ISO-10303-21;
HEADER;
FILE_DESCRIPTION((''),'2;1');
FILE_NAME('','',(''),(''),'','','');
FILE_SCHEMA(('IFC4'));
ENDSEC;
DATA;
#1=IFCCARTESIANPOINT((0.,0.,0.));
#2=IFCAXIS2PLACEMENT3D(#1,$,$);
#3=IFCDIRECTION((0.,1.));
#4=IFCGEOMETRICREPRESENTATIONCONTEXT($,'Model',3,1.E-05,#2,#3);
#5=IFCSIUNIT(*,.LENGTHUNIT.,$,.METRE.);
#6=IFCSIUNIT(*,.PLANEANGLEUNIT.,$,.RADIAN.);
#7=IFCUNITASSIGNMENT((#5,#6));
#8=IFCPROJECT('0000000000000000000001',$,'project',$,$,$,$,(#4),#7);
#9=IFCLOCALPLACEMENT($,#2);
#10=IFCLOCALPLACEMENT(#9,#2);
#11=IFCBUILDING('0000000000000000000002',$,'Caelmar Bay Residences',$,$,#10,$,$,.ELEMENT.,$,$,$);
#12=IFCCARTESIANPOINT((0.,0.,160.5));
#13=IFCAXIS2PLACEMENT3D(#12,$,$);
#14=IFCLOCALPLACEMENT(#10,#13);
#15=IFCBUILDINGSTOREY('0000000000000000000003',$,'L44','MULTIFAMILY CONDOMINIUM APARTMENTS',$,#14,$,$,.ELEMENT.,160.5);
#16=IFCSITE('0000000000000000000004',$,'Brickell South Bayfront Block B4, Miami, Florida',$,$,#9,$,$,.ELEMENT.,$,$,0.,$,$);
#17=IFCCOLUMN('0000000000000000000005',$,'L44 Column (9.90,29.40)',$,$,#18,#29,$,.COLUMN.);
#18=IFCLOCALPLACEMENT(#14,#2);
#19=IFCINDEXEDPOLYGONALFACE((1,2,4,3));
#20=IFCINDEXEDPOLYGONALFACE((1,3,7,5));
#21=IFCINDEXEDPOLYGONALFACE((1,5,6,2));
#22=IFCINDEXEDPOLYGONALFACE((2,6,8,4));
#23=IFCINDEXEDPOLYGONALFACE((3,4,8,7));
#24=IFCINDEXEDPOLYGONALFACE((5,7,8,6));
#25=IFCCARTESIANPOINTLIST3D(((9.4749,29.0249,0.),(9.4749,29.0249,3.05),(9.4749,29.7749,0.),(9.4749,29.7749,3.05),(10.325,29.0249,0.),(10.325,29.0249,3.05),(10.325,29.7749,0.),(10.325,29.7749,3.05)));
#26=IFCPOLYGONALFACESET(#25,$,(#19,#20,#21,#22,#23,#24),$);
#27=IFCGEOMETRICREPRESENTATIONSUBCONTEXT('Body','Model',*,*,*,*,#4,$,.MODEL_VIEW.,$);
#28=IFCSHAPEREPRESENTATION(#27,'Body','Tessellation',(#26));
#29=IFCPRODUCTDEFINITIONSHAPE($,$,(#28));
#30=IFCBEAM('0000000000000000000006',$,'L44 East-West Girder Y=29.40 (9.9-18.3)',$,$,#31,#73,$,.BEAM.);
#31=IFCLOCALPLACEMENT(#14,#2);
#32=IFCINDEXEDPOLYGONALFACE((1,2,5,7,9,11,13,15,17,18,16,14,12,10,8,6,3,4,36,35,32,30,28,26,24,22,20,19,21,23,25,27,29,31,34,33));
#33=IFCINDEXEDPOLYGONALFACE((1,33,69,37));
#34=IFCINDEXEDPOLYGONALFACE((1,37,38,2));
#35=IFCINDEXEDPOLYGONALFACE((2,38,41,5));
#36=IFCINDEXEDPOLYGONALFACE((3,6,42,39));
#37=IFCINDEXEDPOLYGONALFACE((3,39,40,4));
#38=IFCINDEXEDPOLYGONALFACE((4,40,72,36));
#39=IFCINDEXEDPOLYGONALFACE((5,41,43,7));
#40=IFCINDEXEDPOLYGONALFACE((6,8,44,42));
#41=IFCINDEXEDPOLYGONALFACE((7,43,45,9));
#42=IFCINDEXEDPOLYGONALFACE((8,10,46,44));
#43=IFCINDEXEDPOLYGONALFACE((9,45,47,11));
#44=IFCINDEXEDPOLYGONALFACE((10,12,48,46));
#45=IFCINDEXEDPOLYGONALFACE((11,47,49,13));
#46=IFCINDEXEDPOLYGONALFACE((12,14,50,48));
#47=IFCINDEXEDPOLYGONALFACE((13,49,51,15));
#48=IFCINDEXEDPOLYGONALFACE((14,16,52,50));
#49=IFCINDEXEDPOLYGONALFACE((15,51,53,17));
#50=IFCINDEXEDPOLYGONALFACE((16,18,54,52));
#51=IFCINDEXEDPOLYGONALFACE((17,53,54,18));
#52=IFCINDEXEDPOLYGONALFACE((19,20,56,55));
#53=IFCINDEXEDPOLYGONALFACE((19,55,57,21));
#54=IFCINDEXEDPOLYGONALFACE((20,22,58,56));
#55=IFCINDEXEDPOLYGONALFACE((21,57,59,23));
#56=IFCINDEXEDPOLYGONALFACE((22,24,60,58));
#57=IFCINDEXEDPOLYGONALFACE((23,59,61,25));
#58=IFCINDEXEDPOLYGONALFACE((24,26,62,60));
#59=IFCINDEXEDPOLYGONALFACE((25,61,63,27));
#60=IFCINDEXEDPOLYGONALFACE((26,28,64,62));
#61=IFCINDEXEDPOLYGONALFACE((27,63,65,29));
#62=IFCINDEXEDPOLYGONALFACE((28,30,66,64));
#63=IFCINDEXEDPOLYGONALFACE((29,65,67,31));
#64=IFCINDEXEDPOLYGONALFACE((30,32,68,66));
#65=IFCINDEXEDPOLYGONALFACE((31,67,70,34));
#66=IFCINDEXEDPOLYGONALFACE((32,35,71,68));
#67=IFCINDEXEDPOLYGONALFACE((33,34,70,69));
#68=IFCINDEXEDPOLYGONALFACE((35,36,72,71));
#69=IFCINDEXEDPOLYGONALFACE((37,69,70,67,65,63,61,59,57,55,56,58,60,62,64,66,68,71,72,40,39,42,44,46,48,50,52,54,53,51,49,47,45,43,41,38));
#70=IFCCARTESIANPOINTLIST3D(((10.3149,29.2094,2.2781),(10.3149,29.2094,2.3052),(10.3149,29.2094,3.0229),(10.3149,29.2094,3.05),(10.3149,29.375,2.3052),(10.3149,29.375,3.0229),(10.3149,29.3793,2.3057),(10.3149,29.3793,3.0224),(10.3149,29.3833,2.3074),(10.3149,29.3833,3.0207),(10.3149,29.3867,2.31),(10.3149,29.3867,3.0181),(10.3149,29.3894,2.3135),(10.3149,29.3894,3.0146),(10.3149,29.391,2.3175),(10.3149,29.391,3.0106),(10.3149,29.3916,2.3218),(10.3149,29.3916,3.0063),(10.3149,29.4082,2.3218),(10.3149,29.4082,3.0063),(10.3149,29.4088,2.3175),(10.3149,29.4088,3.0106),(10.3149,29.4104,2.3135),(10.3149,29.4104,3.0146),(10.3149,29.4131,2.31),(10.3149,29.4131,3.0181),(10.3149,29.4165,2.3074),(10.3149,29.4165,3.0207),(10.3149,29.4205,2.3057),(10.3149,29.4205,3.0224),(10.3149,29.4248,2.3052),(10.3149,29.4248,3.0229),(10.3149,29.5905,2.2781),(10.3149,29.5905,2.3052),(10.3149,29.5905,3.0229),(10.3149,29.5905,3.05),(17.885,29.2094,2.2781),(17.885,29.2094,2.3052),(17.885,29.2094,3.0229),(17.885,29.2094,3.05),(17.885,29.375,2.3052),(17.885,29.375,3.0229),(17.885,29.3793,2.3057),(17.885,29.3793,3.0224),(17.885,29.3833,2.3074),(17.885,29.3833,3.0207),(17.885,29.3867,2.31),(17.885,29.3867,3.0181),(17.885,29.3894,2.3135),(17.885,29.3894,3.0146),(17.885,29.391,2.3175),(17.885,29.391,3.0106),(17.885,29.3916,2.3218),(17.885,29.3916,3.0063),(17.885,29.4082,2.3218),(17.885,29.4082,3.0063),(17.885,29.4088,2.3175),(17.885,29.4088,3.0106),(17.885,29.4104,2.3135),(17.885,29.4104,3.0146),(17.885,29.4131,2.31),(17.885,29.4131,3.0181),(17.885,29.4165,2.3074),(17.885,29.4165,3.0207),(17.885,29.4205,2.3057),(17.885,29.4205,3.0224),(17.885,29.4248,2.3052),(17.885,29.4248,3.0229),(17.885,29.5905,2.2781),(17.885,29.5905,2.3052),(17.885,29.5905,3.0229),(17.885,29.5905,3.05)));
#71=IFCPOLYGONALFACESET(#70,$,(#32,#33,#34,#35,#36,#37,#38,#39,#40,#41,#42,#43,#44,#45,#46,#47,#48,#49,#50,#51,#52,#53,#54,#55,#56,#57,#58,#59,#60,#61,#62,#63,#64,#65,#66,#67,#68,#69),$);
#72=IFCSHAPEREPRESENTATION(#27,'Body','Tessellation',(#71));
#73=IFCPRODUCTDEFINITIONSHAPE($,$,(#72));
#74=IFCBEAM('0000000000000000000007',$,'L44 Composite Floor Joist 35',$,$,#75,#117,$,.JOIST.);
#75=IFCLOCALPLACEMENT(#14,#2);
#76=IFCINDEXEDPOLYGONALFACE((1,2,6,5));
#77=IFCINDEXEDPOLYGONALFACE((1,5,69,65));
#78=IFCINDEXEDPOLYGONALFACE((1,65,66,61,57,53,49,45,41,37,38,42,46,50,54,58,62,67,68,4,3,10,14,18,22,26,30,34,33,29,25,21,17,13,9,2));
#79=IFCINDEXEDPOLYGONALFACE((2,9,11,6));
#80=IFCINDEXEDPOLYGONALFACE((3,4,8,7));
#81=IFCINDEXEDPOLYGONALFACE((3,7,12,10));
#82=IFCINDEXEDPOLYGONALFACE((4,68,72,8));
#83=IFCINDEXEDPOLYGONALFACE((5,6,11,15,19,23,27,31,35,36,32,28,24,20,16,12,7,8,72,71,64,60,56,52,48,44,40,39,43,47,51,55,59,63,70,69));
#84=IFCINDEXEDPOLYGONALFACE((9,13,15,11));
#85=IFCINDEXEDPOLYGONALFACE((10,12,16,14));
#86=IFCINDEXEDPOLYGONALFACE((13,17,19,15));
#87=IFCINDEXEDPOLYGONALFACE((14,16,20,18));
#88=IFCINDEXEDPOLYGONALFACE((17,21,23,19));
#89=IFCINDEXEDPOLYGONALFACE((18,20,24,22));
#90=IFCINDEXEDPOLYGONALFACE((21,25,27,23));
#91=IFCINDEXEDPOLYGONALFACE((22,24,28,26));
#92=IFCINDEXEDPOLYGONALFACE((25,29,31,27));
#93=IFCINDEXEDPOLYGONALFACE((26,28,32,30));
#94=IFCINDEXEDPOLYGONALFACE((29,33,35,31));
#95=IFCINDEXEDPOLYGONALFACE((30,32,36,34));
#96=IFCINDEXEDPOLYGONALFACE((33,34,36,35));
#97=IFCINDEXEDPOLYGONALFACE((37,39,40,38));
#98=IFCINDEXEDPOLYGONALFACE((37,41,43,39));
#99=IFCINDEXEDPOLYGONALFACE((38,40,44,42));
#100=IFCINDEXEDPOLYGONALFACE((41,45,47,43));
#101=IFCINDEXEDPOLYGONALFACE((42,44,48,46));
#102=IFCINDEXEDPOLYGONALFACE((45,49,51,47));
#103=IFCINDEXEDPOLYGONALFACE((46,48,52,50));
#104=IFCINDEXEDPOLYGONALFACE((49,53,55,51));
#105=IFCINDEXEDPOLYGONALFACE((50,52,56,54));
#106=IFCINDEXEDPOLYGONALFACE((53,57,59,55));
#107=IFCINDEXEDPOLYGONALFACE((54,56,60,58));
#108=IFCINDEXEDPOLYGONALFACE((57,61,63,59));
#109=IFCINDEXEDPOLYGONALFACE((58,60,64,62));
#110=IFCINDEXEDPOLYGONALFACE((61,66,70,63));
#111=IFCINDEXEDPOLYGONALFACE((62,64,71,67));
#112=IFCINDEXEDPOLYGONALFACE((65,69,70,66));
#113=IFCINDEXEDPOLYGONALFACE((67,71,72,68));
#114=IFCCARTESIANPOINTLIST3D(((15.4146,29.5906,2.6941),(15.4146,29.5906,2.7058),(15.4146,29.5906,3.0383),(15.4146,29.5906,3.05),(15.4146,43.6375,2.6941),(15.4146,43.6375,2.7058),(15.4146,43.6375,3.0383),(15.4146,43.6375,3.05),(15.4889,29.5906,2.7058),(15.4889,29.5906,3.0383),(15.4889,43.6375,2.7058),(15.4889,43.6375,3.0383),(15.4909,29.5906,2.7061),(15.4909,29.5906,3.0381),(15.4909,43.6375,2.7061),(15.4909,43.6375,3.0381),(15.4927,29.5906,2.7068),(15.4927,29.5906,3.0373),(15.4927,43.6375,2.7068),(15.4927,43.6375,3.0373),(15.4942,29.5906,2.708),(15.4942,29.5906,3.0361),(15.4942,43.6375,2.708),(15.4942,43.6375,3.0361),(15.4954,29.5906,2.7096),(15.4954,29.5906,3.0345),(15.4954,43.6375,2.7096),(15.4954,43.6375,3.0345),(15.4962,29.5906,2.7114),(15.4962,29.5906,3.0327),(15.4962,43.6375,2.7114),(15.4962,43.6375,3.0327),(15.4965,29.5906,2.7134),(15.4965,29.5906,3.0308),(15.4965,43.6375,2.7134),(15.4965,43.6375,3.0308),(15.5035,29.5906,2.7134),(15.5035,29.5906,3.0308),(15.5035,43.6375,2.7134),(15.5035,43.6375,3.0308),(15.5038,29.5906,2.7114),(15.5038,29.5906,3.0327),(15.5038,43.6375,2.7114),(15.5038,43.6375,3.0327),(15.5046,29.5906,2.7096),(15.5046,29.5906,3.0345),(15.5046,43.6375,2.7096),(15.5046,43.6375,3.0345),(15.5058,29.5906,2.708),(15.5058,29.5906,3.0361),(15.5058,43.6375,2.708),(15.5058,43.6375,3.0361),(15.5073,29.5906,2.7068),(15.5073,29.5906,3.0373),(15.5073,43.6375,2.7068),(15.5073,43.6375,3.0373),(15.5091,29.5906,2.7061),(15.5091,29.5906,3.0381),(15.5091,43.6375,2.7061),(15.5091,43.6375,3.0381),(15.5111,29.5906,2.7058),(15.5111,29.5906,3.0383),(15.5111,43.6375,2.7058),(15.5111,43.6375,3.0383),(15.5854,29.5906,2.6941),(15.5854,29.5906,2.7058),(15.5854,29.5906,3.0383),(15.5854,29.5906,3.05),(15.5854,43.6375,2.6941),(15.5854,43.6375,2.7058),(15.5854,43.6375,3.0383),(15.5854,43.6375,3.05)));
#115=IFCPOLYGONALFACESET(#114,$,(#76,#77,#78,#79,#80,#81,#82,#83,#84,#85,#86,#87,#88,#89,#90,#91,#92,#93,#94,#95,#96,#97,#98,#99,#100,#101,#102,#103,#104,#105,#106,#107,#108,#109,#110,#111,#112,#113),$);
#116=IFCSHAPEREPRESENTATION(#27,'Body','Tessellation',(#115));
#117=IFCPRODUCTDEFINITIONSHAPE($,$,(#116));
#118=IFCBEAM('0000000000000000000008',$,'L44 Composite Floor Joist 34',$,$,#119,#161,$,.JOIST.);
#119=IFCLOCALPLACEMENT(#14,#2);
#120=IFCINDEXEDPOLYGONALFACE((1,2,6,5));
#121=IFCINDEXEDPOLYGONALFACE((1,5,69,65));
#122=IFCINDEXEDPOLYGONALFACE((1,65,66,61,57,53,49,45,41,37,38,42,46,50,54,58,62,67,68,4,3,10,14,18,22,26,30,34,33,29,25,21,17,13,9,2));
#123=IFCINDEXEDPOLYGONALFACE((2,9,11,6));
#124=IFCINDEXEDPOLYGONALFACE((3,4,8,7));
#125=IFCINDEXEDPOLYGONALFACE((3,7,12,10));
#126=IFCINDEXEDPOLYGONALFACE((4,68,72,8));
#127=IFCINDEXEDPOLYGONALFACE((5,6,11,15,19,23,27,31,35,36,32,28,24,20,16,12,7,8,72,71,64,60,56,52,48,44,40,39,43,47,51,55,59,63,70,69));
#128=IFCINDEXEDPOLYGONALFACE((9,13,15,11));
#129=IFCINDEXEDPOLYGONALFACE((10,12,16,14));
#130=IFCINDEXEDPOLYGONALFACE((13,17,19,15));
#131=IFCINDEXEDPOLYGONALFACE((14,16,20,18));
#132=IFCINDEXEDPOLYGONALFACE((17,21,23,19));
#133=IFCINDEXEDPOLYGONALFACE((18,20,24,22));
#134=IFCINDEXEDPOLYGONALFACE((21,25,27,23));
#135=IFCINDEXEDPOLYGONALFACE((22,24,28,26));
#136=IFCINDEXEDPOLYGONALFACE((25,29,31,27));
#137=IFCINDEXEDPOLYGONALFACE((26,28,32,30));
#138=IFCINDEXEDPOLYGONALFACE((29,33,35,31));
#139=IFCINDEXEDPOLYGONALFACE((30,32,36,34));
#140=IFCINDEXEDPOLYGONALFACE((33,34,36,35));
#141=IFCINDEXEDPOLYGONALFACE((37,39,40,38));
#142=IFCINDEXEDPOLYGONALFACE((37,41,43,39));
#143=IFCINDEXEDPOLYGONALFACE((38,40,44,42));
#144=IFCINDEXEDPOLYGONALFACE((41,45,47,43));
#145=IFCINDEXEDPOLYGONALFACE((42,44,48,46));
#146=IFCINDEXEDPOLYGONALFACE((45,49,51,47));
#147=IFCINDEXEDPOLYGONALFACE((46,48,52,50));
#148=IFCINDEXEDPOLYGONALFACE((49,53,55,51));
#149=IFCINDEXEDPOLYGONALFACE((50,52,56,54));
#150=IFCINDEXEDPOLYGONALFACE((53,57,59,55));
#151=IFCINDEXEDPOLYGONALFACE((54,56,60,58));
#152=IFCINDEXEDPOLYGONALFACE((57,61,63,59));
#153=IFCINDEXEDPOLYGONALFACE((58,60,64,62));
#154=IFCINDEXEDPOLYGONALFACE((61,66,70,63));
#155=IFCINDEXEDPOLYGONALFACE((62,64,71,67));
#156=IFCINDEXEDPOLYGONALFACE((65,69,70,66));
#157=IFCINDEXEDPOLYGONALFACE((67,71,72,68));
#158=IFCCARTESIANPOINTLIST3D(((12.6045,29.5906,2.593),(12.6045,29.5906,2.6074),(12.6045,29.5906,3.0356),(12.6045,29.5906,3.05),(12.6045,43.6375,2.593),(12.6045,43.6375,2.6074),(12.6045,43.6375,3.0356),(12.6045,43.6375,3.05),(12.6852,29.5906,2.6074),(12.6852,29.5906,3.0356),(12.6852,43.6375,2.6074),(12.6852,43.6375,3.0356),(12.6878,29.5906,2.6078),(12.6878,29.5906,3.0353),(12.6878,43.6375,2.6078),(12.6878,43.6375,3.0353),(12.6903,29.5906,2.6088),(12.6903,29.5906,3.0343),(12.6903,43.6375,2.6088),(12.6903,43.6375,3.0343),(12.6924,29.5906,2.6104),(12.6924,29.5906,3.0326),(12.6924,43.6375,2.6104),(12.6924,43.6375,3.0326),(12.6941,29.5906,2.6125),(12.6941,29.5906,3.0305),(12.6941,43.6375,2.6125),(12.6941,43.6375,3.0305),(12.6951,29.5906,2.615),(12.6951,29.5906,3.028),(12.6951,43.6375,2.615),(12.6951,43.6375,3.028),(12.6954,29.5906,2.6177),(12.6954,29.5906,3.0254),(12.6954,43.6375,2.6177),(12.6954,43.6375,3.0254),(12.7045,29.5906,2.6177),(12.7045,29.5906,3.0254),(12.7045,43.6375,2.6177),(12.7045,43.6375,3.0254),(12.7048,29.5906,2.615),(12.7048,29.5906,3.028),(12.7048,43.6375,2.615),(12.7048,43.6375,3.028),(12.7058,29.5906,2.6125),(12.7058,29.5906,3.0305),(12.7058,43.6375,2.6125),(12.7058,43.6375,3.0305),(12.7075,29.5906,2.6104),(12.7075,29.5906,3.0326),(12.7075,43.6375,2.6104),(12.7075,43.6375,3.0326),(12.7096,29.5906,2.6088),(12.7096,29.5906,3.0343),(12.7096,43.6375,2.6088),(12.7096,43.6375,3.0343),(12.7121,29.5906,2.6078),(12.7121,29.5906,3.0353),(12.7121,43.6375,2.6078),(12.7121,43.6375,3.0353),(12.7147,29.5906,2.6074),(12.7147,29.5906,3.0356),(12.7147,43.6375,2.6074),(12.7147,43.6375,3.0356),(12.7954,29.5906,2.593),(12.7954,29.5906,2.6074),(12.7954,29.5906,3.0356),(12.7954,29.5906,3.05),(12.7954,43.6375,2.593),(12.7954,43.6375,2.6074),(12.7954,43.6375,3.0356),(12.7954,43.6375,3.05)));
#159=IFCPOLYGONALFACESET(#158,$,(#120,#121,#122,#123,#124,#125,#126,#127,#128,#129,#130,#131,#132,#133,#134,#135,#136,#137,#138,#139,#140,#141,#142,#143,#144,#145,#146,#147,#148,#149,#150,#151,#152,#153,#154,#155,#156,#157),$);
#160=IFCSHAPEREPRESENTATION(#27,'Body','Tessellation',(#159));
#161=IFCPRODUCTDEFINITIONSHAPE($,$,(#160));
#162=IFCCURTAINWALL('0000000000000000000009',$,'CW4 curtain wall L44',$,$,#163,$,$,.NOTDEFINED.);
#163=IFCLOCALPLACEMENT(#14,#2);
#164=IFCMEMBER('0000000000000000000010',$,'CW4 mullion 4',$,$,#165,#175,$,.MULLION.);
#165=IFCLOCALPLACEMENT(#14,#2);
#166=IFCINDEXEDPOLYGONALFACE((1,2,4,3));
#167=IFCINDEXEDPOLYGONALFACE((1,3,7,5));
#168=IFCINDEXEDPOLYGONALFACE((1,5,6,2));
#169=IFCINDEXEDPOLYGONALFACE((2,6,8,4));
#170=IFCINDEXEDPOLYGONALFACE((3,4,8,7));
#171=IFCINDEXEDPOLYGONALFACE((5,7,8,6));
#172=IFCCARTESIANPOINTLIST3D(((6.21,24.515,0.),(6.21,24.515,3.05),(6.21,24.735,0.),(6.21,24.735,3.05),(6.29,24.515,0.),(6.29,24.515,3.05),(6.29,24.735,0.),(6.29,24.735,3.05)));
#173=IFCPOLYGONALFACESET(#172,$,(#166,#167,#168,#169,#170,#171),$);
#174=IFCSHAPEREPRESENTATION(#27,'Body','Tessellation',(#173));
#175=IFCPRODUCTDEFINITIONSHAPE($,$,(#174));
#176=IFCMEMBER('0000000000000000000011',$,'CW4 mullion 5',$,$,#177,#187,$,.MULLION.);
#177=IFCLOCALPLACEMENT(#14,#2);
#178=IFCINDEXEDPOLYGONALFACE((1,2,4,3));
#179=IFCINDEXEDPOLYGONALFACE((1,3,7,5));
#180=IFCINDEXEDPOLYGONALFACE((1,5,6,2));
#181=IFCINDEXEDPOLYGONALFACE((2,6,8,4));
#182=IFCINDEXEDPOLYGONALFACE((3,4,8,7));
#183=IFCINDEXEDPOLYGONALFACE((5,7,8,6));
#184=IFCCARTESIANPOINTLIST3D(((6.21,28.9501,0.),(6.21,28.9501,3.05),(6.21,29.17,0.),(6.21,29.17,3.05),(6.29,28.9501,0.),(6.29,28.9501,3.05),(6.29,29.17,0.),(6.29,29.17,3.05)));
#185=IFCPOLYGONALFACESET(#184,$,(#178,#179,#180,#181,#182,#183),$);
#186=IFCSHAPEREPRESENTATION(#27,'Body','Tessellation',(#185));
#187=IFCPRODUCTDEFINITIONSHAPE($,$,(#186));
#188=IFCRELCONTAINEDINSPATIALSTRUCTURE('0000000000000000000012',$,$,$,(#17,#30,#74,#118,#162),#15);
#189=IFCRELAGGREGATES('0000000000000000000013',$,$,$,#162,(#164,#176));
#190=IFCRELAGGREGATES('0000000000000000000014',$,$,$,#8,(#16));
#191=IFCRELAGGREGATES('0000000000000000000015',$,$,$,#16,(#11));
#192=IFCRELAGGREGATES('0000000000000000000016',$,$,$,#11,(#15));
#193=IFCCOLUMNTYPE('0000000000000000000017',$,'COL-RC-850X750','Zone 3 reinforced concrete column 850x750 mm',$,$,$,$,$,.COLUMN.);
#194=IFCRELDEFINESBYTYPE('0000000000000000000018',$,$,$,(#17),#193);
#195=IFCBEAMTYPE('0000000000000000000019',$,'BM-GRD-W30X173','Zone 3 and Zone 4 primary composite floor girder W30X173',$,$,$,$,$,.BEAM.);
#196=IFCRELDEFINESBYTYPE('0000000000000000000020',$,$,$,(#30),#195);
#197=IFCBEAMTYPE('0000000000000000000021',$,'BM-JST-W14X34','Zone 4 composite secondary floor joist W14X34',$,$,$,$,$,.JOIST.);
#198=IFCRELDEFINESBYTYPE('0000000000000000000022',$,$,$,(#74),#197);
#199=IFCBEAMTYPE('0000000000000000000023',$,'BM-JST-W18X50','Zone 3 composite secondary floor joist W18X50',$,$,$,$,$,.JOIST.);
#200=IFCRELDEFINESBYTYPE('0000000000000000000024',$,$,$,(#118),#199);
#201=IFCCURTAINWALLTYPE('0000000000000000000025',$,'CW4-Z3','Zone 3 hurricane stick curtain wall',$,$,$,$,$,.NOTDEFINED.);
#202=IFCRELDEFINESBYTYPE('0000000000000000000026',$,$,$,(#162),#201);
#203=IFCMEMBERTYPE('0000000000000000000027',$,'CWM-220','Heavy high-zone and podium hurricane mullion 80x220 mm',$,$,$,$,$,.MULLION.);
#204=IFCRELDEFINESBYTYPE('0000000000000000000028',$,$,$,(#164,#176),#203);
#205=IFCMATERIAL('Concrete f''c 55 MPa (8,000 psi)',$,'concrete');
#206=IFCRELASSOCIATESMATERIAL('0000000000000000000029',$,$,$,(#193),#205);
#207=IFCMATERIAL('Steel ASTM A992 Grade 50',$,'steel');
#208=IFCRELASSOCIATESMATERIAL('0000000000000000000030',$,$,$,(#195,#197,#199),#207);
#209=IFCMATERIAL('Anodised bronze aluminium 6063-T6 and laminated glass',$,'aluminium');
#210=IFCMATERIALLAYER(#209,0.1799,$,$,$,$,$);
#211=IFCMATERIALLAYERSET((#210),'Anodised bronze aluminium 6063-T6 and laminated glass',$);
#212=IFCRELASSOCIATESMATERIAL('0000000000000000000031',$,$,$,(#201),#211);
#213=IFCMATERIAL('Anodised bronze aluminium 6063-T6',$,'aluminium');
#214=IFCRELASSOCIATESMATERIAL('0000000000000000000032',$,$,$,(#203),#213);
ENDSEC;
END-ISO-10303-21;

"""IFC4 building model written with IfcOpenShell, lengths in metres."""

from ifc_helpers import new_model, si_unit, direction, frame, origin, origin_2d, place, context, subcontext, project, spatial, rectangle, i_section, extrude, material, layer, layer_set, material_profile, profile_set, type_object, element, aggregate, save


model = new_model("IFC4")

# Units and contexts
model_context = context("Model", 3, precision=1e-05, world=origin(), true_north=direction((0.0, 1.0)))
body_context = subcontext(model_context, "Body", "Model", "MODEL_VIEW")
ifc_project = project(units=[si_unit("LENGTHUNIT", "METRE"), si_unit("PLANEANGLEUNIT", "RADIAN")], contexts=[model_context])

# Site, building, storey
site_placement = place(None, origin())
site = spatial("IfcSite", under=ifc_project, at=site_placement, Name="Brickell South Bayfront Block B4, Miami, Florida", CompositionType="ELEMENT", RefElevation=0.0)
building_placement = place(site_placement, origin())
building = spatial("IfcBuilding", under=site, at=building_placement, Name="Caelmar Bay Residences", CompositionType="ELEMENT")
storey_placement = place(building_placement, frame((0.0, 0.0, 160.5)))
storey = spatial("IfcBuildingStorey", under=building, at=storey_placement, Name="L44", Description="MULTIFAMILY CONDOMINIUM APARTMENTS", CompositionType="ELEMENT", Elevation=160.5)

# Column
ifc_material_1 = material(Name="Concrete f'c 55 MPa (8,000 psi)", Category="concrete")
ifc_material_profile_1 = material_profile(ifc_material_1, rectangle(XDim=0.8501, YDim=0.75, at=origin_2d()), Name="RC-COL-850X750")
ifc_profile_set_1 = profile_set([ifc_material_profile_1], Name="Concrete f'c 55 MPa (8,000 psi)")
column_type = type_object("IfcColumnType", Name="COL-RC-850X750", Description="Zone 3 reinforced concrete column 850x750 mm", PredefinedType="COLUMN", material=ifc_profile_set_1)
column_placement = place(storey_placement, frame((9.8999, 29.3999, 0.0), z_axis=(0.0, 0.0, 1.0), x_axis=(1.0, 0.0, 0.0)))
element("IfcColumn", 1, at=column_placement, inside=storey, type_object=column_type, Name="L44 Column (9.90,29.40)", PredefinedType="COLUMN", context=body_context, shape_type="SweptSolid", body=[
    extrude(rectangle(XDim=0.8501, YDim=0.75, at=origin_2d()), origin(), (0.0, 0.0, 1.0), 3.05),
])

# Beams
ifc_material_2 = material(Name="Steel ASTM A992 Grade 50", Category="steel")
ifc_material_profile_2 = material_profile(ifc_material_2, i_section(OverallWidth=0.3811, OverallDepth=0.772, WebThickness=0.0166, FlangeThickness=0.0271, FilletRadius=0.0166, at=origin_2d()), Name="W30X173")
ifc_profile_set_2 = profile_set([ifc_material_profile_2], Name="Steel ASTM A992 Grade 50")
beam_type_1 = type_object("IfcBeamType", Name="BM-GRD-W30X173", Description="Zone 3 and Zone 4 primary composite floor girder W30X173", PredefinedType="BEAM", material=ifc_profile_set_2)
beam_1_placement = place(storey_placement, frame((10.3149, 29.3999, 2.6641), z_axis=(1.0, 0.0, 0.0), x_axis=(0.0, 1.0, 0.0)))
element("IfcBeam", 2, at=beam_1_placement, inside=storey, type_object=beam_type_1, Name="L44 East-West Girder Y=29.40 (9.9-18.3)", PredefinedType="BEAM", context=body_context, shape_type="SweptSolid", body=[
    extrude(i_section(OverallWidth=0.3811, OverallDepth=0.772, WebThickness=0.0166, FlangeThickness=0.0271, FilletRadius=0.0166, at=origin_2d()), origin(), (0.0, 0.0, 1.0), 7.5701),
])
ifc_material_profile_3 = material_profile(ifc_material_2, i_section(OverallWidth=0.1709, OverallDepth=0.356, WebThickness=0.0071, FlangeThickness=0.0117, FilletRadius=0.0076, at=origin_2d()), Name="W14X34")
ifc_profile_set_3 = profile_set([ifc_material_profile_3], Name="Steel ASTM A992 Grade 50")
beam_type_2 = type_object("IfcBeamType", Name="BM-JST-W14X34", Description="Zone 4 composite secondary floor joist W14X34", PredefinedType="JOIST", material=ifc_profile_set_3)
beam_2_placement = place(storey_placement, frame((15.5, 29.5906, 2.8721), z_axis=(0.0, 1.0, 0.0), x_axis=(-1.0, 0.0, 0.0)))
element("IfcBeam", 3, at=beam_2_placement, inside=storey, type_object=beam_type_2, Name="L44 Composite Floor Joist 35", PredefinedType="JOIST", context=body_context, shape_type="SweptSolid", body=[
    extrude(i_section(OverallWidth=0.1709, OverallDepth=0.356, WebThickness=0.0071, FlangeThickness=0.0117, FilletRadius=0.0076, at=origin_2d()), origin(), (0.0, 0.0, 1.0), 14.0469),
])
ifc_material_profile_4 = material_profile(ifc_material_2, i_section(OverallWidth=0.1909, OverallDepth=0.457, WebThickness=0.009, FlangeThickness=0.0144, FilletRadius=0.0103, at=origin_2d()), Name="W18X50")
ifc_profile_set_4 = profile_set([ifc_material_profile_4], Name="Steel ASTM A992 Grade 50")
beam_type_3 = type_object("IfcBeamType", Name="BM-JST-W18X50", Description="Zone 3 composite secondary floor joist W18X50", PredefinedType="JOIST", material=ifc_profile_set_4)
beam_3_placement = place(storey_placement, frame((12.7, 29.5906, 2.8215), z_axis=(0.0, 1.0, 0.0), x_axis=(-1.0, 0.0, 0.0)))
element("IfcBeam", 4, at=beam_3_placement, inside=storey, type_object=beam_type_3, Name="L44 Composite Floor Joist 34", PredefinedType="JOIST", context=body_context, shape_type="SweptSolid", body=[
    extrude(i_section(OverallWidth=0.1909, OverallDepth=0.457, WebThickness=0.009, FlangeThickness=0.0144, FilletRadius=0.0103, at=origin_2d()), origin(), (0.0, 0.0, 1.0), 14.0469),
])

# Curtain wall, members
ifc_material_3 = material(Name="Anodised bronze aluminium 6063-T6 and laminated glass", Category="aluminium")
ifc_layer_1 = layer(ifc_material_3, 0.1799)
ifc_layer_set_1 = layer_set([ifc_layer_1], Name="Anodised bronze aluminium 6063-T6 and laminated glass")
curtain_wall_type = type_object("IfcCurtainWallType", Name="CW4-Z3", Description="Zone 3 hurricane stick curtain wall", PredefinedType="NOTDEFINED", material=ifc_layer_set_1)
curtain_wall_placement = place(storey_placement, origin())
curtain_wall = element("IfcCurtainWall", 5, at=curtain_wall_placement, inside=storey, type_object=curtain_wall_type, Name="CW4 curtain wall L44", PredefinedType="NOTDEFINED")
ifc_material_4 = material(Name="Anodised bronze aluminium 6063-T6", Category="aluminium")
ifc_material_profile_5 = material_profile(ifc_material_4, rectangle(XDim=0.0801, YDim=0.22, at=origin_2d()), Name="CWM-80X220")
ifc_profile_set_5 = profile_set([ifc_material_profile_5], Name="Anodised bronze aluminium 6063-T6")
member_type_1 = type_object("IfcMemberType", Name="CWM-220", Description="Heavy high-zone and podium hurricane mullion 80x220 mm", PredefinedType="MULLION", material=ifc_profile_set_5)
member_1_placement = place(storey_placement, frame((6.25, 24.625, 0.0), z_axis=(0.0, 0.0, 1.0), x_axis=(-1.0, 0.0, 0.0)))
member_1 = element("IfcMember", 6, at=member_1_placement, type_object=member_type_1, Name="CW4 mullion 4", PredefinedType="MULLION", context=body_context, shape_type="SweptSolid", body=[
    extrude(rectangle(XDim=0.0801, YDim=0.22, at=origin_2d()), origin(), (0.0, 0.0, 1.0), 3.05),
])
member_2_placement = place(storey_placement, frame((6.25, 29.0601, 0.0), z_axis=(0.0, 0.0, 1.0), x_axis=(-1.0, 0.0, 0.0)))
member_2 = element("IfcMember", 7, at=member_2_placement, type_object=member_type_1, Name="CW4 mullion 5", PredefinedType="MULLION", context=body_context, shape_type="SweptSolid", body=[
    extrude(rectangle(XDim=0.0801, YDim=0.22, at=origin_2d()), origin(), (0.0, 0.0, 1.0), 3.05),
])
aggregate(curtain_wall, [member_1, member_2])

save(model, "model.ifc")
